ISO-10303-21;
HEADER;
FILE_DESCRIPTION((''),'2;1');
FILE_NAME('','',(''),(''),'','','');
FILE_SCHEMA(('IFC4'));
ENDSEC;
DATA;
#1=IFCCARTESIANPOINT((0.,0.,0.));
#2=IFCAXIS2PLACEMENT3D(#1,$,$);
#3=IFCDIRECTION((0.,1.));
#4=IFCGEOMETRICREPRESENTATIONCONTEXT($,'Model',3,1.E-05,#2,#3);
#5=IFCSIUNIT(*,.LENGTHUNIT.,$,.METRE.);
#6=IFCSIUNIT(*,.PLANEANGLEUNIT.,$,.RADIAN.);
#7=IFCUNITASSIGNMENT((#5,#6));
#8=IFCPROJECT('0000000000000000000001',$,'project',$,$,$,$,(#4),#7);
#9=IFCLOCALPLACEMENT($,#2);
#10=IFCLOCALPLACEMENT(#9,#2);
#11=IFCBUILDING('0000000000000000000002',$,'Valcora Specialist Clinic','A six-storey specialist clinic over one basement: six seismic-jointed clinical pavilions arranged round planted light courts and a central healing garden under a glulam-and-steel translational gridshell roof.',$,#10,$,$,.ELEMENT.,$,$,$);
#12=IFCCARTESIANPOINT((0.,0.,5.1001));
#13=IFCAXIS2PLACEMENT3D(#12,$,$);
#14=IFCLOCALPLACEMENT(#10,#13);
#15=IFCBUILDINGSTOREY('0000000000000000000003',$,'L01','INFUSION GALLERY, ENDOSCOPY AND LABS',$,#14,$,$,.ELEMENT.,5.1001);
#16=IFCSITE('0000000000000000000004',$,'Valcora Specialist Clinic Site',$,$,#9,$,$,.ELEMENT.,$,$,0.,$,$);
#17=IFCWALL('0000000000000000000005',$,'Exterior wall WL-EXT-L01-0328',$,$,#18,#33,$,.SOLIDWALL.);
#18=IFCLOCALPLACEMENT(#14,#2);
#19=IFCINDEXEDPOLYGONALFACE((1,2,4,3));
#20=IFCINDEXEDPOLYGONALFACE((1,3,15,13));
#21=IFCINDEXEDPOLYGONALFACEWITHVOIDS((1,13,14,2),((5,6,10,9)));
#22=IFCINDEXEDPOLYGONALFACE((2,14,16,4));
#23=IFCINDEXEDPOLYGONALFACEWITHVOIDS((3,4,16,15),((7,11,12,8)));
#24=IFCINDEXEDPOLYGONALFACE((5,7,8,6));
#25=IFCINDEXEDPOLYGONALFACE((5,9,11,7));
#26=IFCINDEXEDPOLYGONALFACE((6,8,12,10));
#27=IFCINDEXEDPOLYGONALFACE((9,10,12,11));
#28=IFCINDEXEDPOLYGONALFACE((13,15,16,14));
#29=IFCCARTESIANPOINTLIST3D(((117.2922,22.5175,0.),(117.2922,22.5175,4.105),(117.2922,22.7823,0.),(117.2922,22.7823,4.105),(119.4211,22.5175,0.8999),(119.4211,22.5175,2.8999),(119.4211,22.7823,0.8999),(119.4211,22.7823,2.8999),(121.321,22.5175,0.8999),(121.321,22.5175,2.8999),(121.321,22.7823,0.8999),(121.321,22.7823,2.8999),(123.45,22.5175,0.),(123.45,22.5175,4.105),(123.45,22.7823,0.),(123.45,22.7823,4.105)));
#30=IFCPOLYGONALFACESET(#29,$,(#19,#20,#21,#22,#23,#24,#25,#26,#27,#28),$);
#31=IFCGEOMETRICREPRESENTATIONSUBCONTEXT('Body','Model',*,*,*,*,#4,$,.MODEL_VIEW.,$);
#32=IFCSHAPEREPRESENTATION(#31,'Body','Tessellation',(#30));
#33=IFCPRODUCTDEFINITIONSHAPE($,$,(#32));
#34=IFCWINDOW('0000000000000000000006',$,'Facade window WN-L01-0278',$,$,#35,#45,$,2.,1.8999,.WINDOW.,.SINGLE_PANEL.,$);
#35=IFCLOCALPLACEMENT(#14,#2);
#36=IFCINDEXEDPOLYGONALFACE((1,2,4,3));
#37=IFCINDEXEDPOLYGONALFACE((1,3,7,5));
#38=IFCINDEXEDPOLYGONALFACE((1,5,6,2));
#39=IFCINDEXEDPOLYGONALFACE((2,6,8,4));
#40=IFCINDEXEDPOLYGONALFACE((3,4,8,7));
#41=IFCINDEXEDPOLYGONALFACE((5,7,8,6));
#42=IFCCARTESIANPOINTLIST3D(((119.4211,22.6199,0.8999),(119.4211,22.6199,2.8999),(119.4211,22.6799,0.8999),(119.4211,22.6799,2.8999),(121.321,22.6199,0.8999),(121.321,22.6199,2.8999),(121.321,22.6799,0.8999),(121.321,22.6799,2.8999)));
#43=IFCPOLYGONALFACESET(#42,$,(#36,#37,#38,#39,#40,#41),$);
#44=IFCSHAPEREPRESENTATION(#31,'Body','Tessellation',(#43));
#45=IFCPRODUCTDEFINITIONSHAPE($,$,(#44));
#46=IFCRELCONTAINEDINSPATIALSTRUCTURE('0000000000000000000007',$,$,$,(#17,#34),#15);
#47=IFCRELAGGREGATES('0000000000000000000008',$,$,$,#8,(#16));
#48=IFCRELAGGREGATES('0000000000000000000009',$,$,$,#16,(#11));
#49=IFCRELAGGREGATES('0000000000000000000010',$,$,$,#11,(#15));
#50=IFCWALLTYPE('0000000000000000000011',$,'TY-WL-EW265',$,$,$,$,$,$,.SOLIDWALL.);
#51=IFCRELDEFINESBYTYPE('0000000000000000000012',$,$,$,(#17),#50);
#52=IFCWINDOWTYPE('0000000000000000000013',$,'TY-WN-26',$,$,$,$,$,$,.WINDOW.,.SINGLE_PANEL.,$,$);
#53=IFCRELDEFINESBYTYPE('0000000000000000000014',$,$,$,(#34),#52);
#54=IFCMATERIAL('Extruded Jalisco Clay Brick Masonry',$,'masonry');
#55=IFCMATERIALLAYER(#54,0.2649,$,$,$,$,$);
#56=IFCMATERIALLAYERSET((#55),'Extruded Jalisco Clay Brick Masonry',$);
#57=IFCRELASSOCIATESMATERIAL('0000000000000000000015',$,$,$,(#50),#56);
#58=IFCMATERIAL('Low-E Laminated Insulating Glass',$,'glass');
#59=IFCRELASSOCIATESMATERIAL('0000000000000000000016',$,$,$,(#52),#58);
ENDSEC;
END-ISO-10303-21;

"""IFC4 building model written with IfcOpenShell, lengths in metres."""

from ifc_helpers import new_model, si_unit, direction, frame, frame_2d, origin, place, context, subcontext, project, spatial, rectangle, extrude, material, layer, layer_set, type_object, element, fill, save


model = new_model("IFC4")

# Units and contexts
model_context = context("Model", 3, precision=1e-05, world=origin(), true_north=direction((0.0, 1.0)))
body_context = subcontext(model_context, "Body", "Model", "MODEL_VIEW")
ifc_project = project(units=[si_unit("LENGTHUNIT", "METRE"), si_unit("PLANEANGLEUNIT", "RADIAN")], contexts=[model_context])

# Site, building, storey
site_placement = place(None, origin())
site = spatial("IfcSite", under=ifc_project, at=site_placement, Name="Valcora Specialist Clinic Site", CompositionType="ELEMENT", RefElevation=0.0)
building_placement = place(site_placement, origin())
building = spatial("IfcBuilding", under=site, at=building_placement, Name="Valcora Specialist Clinic", Description="A six-storey specialist clinic over one basement: six seismic-jointed clinical pavilions arranged round planted light courts and a central healing garden under a glulam-and-steel translational gridshell roof.", CompositionType="ELEMENT")
storey_placement = place(building_placement, frame((0.0, 0.0, 5.1001)))
storey = spatial("IfcBuildingStorey", under=building, at=storey_placement, Name="L01", Description="INFUSION GALLERY, ENDOSCOPY AND LABS", CompositionType="ELEMENT", Elevation=5.1001)

# Shared definitions
ifc_material_1 = material(Name="Low-E Laminated Insulating Glass", Category="glass")

# Wall, opening, window
ifc_material_2 = material(Name="Extruded Jalisco Clay Brick Masonry", Category="masonry")
ifc_layer_1 = layer(ifc_material_2, 0.2649)
ifc_layer_set_1 = layer_set([ifc_layer_1], Name="Extruded Jalisco Clay Brick Masonry")
wall_type = type_object("IfcWallType", Name="TY-WL-EW265", PredefinedType="SOLIDWALL", material=ifc_layer_set_1)
wall_placement = place(storey_placement, frame((117.2922, 22.6499, 0.0), z_axis=(0.0, 0.0, 1.0), x_axis=(1.0, 0.0, 0.0)))
wall = element("IfcWall", 1, at=wall_placement, inside=storey, type_object=wall_type, Name="Exterior wall WL-EXT-L01-0328", PredefinedType="SOLIDWALL", context=body_context, shape_type="SweptSolid", body=[
    extrude(rectangle(XDim=6.1577, YDim=0.2649, at=frame_2d((3.0789, 0.0))), origin(), (0.0, 0.0, 1.0), 4.105),
])
opening_placement = place(wall_placement, frame((2.1289, 0.0, 0.8999)))
opening = element("IfcOpeningElement", 2, at=opening_placement, cuts=wall, PredefinedType="OPENING", context=body_context, shape_type="SweptSolid", body=[
    extrude(rectangle(XDim=1.8999, YDim=2.0, at=frame_2d((0.95, 1.0))), frame((0.0, 0.1423, 0.0), z_axis=(0.0, -1.0, 0.0), x_axis=(1.0, 0.0, 0.0)), (0.0, 0.0, 1.0), 0.2849),
])
window_type = type_object("IfcWindowType", Name="TY-WN-26", PartitioningType="SINGLE_PANEL", PredefinedType="WINDOW", material=ifc_material_1)
window_placement = place(opening_placement, origin())
window = element("IfcWindow", 3, at=window_placement, inside=storey, type_object=window_type, Name="Facade window WN-L01-0278", OverallHeight=2.0, OverallWidth=1.8999, PartitioningType="SINGLE_PANEL", PredefinedType="WINDOW", context=body_context, shape_type="SweptSolid", body=[
    extrude(rectangle(XDim=1.8999, YDim=2.0, at=frame_2d((0.95, 1.0))), frame((0.0, 0.03, 0.0), z_axis=(0.0, -1.0, 0.0), x_axis=(1.0, 0.0, 0.0)), (0.0, 0.0, 1.0), 0.0601),
])
fill(opening, window)

save(model, "model.ifc")
